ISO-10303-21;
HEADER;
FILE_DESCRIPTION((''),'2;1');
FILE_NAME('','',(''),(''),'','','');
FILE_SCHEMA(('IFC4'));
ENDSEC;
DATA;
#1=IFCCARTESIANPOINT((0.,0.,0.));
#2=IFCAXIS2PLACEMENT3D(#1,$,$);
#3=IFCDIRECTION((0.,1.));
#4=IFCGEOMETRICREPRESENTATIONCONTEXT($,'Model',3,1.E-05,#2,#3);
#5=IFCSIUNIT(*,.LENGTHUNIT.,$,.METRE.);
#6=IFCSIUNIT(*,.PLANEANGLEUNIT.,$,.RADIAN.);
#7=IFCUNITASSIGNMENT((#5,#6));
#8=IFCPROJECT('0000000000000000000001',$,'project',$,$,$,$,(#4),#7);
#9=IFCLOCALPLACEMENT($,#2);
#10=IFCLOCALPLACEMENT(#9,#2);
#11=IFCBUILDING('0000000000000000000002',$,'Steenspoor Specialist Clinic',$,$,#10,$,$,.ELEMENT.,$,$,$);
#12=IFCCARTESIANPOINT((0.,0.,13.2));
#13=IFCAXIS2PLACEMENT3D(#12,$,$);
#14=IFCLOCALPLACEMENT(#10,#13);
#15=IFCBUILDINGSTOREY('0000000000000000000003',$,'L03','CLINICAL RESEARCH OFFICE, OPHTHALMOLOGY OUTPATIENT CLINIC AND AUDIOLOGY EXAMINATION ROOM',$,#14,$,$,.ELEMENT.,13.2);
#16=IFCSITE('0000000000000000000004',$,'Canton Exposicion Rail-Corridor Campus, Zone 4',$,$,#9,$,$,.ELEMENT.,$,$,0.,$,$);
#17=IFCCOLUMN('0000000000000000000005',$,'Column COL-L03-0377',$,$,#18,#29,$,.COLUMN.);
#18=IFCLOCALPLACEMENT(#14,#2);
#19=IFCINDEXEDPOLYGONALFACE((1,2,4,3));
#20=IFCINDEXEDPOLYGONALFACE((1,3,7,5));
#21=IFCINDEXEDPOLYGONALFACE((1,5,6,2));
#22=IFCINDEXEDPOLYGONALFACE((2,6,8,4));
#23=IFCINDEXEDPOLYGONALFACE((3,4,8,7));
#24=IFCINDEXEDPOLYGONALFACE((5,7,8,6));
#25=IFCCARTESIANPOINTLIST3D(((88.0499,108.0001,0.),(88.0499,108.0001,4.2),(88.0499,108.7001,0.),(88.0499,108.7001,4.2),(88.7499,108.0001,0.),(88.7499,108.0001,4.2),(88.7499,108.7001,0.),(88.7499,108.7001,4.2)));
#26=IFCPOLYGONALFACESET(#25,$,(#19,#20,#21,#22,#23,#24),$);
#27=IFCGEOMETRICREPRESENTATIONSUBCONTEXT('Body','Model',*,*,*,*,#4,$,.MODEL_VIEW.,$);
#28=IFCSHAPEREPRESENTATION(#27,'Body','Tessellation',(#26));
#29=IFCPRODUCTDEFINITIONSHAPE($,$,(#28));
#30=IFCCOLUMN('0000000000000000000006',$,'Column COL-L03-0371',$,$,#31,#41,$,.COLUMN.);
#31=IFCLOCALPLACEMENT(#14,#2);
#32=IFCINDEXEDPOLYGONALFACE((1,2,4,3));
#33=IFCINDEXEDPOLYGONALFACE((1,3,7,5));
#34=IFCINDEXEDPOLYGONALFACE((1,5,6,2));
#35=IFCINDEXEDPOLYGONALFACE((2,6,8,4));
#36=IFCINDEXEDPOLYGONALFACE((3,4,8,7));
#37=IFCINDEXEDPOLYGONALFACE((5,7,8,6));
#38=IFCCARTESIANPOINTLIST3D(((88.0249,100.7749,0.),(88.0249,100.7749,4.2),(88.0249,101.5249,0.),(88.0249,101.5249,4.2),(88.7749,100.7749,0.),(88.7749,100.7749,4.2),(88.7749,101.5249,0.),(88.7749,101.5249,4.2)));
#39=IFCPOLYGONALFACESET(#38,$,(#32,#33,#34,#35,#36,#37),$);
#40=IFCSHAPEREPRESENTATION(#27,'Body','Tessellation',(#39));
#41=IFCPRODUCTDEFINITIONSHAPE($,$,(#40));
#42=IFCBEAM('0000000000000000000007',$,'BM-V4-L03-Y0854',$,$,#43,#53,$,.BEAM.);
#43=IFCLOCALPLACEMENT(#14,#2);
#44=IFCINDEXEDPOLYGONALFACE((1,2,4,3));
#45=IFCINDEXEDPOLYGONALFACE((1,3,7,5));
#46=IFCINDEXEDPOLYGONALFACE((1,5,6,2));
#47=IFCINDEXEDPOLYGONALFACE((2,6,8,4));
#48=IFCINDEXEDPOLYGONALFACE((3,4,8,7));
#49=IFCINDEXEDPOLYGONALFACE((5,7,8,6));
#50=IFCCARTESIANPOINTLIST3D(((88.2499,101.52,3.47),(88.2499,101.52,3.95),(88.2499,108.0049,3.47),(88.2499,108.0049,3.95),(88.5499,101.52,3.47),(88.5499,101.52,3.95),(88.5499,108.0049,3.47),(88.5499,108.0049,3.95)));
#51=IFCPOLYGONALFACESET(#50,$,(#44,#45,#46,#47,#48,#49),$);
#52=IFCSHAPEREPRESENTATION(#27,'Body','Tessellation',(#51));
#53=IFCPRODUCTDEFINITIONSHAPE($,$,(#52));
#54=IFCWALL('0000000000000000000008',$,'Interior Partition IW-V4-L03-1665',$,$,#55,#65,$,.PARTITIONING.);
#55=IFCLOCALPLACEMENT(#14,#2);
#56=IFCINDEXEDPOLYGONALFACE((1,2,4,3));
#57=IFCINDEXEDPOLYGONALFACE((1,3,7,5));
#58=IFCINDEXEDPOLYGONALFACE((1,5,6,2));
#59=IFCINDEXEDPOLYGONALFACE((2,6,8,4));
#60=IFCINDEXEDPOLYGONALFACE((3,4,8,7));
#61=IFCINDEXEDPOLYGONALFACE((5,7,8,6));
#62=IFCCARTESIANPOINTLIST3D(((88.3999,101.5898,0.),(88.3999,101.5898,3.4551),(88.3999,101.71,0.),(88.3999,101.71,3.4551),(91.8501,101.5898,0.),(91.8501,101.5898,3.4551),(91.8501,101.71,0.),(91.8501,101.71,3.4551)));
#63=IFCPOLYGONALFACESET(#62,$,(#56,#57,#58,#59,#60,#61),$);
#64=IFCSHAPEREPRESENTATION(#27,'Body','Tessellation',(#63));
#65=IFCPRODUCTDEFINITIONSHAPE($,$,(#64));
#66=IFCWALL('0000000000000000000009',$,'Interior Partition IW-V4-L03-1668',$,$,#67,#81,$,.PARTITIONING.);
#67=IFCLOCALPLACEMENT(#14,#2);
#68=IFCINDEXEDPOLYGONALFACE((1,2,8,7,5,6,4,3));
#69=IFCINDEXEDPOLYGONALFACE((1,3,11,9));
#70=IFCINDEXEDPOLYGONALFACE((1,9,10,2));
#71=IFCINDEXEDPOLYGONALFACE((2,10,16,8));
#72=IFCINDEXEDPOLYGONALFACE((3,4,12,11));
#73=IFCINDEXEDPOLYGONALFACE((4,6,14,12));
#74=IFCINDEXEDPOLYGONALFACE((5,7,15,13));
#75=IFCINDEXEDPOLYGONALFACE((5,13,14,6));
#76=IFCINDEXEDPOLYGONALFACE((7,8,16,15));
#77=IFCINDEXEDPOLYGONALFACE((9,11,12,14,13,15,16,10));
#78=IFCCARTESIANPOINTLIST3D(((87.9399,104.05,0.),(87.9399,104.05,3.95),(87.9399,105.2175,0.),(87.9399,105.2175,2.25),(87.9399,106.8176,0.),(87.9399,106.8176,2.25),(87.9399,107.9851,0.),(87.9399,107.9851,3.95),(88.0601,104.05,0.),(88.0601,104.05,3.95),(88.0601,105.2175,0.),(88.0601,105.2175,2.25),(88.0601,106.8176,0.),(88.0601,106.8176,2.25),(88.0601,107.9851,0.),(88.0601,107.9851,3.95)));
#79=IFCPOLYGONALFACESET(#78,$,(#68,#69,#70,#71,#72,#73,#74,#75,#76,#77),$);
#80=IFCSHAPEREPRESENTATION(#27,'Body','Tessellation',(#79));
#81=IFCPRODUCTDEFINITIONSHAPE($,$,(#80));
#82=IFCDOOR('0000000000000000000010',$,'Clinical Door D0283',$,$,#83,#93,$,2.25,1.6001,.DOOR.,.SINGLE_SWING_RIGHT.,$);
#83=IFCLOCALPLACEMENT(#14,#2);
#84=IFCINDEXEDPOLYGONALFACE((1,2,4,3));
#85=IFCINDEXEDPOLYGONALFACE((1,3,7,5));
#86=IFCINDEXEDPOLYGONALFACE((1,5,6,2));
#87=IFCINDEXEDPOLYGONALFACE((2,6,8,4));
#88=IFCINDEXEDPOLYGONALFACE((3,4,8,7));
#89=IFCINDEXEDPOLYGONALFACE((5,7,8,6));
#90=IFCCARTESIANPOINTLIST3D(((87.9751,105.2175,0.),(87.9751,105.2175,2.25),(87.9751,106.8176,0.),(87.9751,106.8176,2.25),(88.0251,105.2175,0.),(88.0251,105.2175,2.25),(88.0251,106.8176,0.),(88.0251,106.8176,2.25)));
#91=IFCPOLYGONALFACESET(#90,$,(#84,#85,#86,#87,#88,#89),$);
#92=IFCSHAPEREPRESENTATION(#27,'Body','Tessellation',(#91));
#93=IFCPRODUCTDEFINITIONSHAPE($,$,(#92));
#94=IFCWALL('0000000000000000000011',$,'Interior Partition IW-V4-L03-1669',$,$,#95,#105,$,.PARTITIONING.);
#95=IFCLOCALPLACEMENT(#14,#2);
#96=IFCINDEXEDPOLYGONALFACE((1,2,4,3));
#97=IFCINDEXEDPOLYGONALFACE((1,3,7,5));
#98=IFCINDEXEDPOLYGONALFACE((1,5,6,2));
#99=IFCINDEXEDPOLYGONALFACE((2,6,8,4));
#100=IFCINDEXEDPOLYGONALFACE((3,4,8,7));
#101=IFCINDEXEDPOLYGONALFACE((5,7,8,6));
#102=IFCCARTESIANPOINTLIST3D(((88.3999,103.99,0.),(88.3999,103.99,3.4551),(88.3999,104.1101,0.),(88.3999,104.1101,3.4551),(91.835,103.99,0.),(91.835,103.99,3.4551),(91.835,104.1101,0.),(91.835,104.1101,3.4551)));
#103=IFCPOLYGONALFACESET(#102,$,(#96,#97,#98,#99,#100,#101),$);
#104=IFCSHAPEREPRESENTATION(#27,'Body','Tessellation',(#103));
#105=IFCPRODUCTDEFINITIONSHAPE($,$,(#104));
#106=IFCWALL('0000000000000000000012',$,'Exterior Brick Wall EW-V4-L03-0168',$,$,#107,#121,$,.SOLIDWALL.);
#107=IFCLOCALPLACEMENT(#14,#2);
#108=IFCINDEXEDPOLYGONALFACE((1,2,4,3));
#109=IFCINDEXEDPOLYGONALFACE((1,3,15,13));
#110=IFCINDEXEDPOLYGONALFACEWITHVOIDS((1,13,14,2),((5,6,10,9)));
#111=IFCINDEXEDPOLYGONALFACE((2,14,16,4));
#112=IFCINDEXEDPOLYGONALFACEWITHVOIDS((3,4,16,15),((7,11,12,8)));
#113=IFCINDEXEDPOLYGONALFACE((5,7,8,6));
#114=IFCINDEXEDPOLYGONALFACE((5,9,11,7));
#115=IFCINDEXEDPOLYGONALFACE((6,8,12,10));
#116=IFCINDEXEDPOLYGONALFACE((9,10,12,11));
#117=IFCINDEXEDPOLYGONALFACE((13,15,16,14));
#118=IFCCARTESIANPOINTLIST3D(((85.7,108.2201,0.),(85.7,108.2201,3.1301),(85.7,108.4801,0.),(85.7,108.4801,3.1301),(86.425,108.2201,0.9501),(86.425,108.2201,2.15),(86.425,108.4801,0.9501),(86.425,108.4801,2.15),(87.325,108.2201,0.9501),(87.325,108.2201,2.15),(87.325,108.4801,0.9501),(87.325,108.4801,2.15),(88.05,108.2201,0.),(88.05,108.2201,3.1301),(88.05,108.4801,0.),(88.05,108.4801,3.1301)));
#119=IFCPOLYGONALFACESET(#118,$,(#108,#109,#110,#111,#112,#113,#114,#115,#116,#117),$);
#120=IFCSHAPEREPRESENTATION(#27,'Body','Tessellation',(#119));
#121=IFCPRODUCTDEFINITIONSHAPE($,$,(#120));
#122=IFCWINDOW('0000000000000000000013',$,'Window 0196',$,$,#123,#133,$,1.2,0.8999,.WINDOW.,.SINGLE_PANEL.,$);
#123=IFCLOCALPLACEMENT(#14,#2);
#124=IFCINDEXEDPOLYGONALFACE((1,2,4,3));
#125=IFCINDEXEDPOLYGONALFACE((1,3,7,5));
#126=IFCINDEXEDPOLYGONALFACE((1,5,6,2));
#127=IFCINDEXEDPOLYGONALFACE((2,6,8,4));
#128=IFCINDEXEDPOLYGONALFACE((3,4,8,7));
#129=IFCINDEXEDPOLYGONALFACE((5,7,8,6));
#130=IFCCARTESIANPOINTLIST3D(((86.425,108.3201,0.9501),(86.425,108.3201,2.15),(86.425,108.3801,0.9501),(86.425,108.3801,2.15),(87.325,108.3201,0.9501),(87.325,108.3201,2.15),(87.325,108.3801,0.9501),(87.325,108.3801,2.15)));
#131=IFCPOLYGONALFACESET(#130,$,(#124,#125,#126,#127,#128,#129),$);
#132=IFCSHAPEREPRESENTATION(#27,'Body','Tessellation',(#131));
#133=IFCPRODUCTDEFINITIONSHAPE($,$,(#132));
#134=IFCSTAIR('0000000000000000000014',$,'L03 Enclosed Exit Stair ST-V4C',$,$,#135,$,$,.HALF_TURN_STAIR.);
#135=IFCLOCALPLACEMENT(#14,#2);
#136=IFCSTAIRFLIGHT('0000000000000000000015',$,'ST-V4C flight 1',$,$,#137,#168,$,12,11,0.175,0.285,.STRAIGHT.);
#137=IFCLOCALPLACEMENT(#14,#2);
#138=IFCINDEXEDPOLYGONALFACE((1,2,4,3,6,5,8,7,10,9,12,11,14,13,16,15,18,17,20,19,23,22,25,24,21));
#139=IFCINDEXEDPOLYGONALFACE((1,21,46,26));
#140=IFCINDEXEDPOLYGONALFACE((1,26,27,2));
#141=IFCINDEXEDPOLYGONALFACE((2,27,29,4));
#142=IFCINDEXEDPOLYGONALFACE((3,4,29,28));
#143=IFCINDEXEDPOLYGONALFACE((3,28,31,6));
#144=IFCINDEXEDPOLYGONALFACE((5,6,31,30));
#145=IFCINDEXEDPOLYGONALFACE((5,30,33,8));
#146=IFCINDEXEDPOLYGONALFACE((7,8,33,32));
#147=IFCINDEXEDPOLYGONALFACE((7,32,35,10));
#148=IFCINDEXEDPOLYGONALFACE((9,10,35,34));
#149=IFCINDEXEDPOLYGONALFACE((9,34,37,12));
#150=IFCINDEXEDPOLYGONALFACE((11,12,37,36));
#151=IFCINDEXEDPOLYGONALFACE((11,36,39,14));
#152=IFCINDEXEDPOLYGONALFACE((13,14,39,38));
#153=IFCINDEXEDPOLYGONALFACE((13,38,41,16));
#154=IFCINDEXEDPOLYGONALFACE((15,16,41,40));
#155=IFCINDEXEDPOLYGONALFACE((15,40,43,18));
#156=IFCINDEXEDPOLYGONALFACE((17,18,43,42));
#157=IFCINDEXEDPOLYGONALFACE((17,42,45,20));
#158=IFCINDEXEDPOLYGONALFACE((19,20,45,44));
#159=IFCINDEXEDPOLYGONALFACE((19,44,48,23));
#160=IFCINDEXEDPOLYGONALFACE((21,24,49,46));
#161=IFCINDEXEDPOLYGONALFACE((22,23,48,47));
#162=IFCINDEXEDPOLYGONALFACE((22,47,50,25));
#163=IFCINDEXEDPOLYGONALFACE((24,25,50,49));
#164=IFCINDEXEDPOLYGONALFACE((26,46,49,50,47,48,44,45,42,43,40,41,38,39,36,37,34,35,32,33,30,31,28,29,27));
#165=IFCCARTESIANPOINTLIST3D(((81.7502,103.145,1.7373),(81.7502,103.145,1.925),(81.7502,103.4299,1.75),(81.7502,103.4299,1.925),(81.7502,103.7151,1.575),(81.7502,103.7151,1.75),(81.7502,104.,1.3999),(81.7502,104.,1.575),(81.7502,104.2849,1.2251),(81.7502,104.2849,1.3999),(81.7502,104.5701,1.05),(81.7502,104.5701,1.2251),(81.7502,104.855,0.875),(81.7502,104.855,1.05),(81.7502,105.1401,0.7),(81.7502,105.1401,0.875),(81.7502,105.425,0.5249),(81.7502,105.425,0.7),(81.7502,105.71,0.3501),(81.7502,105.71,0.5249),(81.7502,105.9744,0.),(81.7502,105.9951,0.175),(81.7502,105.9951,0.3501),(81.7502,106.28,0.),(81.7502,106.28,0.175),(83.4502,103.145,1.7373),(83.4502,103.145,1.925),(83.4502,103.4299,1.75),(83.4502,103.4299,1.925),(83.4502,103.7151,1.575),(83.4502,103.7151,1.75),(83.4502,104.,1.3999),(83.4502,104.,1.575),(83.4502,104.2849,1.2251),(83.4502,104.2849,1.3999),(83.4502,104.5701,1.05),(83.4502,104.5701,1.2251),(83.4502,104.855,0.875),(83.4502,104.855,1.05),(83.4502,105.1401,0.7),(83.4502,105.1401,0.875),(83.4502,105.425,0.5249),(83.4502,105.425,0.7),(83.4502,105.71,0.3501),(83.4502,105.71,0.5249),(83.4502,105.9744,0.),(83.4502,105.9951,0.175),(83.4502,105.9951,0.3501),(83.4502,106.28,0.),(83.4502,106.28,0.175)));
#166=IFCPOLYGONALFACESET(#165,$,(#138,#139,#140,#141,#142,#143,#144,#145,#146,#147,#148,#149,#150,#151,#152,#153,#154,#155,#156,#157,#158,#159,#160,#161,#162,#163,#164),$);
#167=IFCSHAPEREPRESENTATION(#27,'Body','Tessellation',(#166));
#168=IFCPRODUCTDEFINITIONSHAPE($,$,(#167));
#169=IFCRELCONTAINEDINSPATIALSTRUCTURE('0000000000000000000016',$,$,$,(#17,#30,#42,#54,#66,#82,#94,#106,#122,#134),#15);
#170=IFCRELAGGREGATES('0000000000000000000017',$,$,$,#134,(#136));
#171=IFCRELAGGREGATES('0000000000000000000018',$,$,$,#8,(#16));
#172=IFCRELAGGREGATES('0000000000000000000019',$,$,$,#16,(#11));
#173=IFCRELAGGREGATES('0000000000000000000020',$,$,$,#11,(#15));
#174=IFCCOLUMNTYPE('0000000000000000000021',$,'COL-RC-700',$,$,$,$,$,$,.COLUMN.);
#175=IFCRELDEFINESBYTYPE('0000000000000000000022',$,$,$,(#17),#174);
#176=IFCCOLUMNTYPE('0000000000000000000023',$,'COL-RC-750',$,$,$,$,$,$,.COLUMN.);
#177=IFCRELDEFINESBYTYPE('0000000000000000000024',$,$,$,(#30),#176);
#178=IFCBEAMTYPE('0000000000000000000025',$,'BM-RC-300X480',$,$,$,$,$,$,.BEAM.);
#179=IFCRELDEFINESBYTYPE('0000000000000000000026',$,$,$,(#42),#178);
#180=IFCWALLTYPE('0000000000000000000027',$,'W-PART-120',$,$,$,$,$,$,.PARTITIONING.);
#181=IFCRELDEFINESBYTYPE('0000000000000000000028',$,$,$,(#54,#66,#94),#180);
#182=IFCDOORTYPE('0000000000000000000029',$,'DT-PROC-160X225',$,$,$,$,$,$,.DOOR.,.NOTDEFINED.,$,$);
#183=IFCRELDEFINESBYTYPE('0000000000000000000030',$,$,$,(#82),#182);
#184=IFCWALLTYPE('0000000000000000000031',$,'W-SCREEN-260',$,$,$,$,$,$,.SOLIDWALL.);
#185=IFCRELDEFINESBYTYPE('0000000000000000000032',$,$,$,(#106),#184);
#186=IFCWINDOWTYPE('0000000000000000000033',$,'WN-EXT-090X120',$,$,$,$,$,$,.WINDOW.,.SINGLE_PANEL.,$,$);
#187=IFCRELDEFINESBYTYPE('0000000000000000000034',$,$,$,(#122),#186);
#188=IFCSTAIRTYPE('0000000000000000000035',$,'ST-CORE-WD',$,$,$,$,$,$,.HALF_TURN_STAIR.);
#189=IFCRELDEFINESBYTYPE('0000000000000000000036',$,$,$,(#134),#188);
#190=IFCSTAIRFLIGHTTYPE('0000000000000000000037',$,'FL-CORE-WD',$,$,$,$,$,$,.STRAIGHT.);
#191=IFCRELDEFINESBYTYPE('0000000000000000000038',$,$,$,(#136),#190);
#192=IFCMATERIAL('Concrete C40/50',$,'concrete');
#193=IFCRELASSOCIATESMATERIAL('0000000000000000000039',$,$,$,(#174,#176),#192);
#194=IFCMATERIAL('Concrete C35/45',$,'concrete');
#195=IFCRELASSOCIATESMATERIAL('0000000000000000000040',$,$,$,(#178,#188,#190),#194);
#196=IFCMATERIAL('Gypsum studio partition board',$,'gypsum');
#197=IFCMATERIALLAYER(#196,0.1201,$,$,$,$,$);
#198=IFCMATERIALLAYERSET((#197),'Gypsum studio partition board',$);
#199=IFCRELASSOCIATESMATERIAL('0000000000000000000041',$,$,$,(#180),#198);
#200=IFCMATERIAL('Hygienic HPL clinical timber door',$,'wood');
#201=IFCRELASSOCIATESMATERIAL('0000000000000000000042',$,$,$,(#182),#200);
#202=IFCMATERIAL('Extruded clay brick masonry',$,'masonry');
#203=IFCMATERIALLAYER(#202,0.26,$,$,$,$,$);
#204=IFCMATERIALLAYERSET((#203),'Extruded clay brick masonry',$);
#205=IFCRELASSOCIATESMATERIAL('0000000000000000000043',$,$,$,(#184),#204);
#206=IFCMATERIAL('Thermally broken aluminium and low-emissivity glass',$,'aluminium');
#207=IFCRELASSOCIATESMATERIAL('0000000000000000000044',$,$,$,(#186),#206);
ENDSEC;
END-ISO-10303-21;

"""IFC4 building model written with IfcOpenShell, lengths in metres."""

from ifc_helpers import new_model, si_unit, direction, frame, frame_2d, origin, origin_2d, place, context, subcontext, project, spatial, polyline, rectangle, outline, extrude, material, layer, layer_set, material_profile, profile_set, type_object, element, fill, aggregate, save


model = new_model("IFC4")

# Units and contexts
model_context = context("Model", 3, precision=1e-05, world=origin(), true_north=direction((0.0, 1.0)))
body_context = subcontext(model_context, "Body", "Model", "MODEL_VIEW")
ifc_project = project(units=[si_unit("LENGTHUNIT", "METRE"), si_unit("PLANEANGLEUNIT", "RADIAN")], contexts=[model_context])

# Site, building, storey
site_placement = place(None, origin())
site = spatial("IfcSite", under=ifc_project, at=site_placement, Name="Canton Exposicion Rail-Corridor Campus, Zone 4", CompositionType="ELEMENT", RefElevation=0.0)
building_placement = place(site_placement, origin())
building = spatial("IfcBuilding", under=site, at=building_placement, Name="Steenspoor Specialist Clinic", CompositionType="ELEMENT")
storey_placement = place(building_placement, frame((0.0, 0.0, 13.2)))
storey = spatial("IfcBuildingStorey", under=building, at=storey_placement, Name="L03", Description="CLINICAL RESEARCH OFFICE, OPHTHALMOLOGY OUTPATIENT CLINIC AND AUDIOLOGY EXAMINATION ROOM", CompositionType="ELEMENT", Elevation=13.2)

# Columns
ifc_material_1 = material(Name="Concrete C40/50", Category="concrete")
ifc_material_profile_1 = material_profile(ifc_material_1, rectangle(XDim=0.7, YDim=0.7, at=origin_2d()), Name="RC-COL-700X700")
ifc_profile_set_1 = profile_set([ifc_material_profile_1], Name="Concrete C40/50")
column_type_1 = type_object("IfcColumnType", Name="COL-RC-700", PredefinedType="COLUMN", material=ifc_profile_set_1)
column_1_placement = place(storey_placement, frame((88.3999, 108.3501, 0.0), z_axis=(0.0, 0.0, 1.0), x_axis=(1.0, 0.0, 0.0)))
element("IfcColumn", 1, at=column_1_placement, inside=storey, type_object=column_type_1, Name="Column COL-L03-0377", PredefinedType="COLUMN", context=body_context, shape_type="SweptSolid", body=[
    extrude(rectangle(XDim=0.7, YDim=0.7, at=origin_2d()), origin(), (0.0, 0.0, 1.0), 4.2),
])
ifc_material_profile_2 = material_profile(ifc_material_1, rectangle(XDim=0.75, YDim=0.75, at=origin_2d()), Name="RC-COL-750X750")
ifc_profile_set_2 = profile_set([ifc_material_profile_2], Name="Concrete C40/50")
column_type_2 = type_object("IfcColumnType", Name="COL-RC-750", PredefinedType="COLUMN", material=ifc_profile_set_2)
column_2_placement = place(storey_placement, frame((88.3999, 101.1499, 0.0), z_axis=(0.0, 0.0, 1.0), x_axis=(1.0, 0.0, 0.0)))
element("IfcColumn", 2, at=column_2_placement, inside=storey, type_object=column_type_2, Name="Column COL-L03-0371", PredefinedType="COLUMN", context=body_context, shape_type="SweptSolid", body=[
    extrude(rectangle(XDim=0.75, YDim=0.75, at=origin_2d()), origin(), (0.0, 0.0, 1.0), 4.2),
])

# Beam
ifc_material_2 = material(Name="Concrete C35/45", Category="concrete")
ifc_material_profile_3 = material_profile(ifc_material_2, rectangle(XDim=0.3, YDim=0.48, at=origin_2d()), Name="RC-BM-300X480")
ifc_profile_set_3 = profile_set([ifc_material_profile_3], Name="Concrete C35/45")
beam_type = type_object("IfcBeamType", Name="BM-RC-300X480", PredefinedType="BEAM", material=ifc_profile_set_3)
beam_placement = place(storey_placement, frame((88.3999, 101.52, 3.71), z_axis=(0.0, 1.0, 0.0), x_axis=(-1.0, 0.0, 0.0)))
element("IfcBeam", 3, at=beam_placement, inside=storey, type_object=beam_type, Name="BM-V4-L03-Y0854", PredefinedType="BEAM", context=body_context, shape_type="SweptSolid", body=[
    extrude(rectangle(XDim=0.3, YDim=0.48, at=origin_2d()), origin(), (0.0, 0.0, 1.0), 6.4849),
])

# Wall
ifc_material_3 = material(Name="Gypsum studio partition board", Category="gypsum")
ifc_layer_1 = layer(ifc_material_3, 0.1201)
ifc_layer_set_1 = layer_set([ifc_layer_1], Name="Gypsum studio partition board")
wall_type_1 = type_object("IfcWallType", Name="W-PART-120", PredefinedType="PARTITIONING", material=ifc_layer_set_1)
wall_1_placement = place(storey_placement, frame((88.3999, 101.6499, 0.0), z_axis=(0.0, 0.0, 1.0), x_axis=(1.0, 0.0, 0.0)))
element("IfcWall", 4, at=wall_1_placement, inside=storey, type_object=wall_type_1, Name="Interior Partition IW-V4-L03-1665", PredefinedType="PARTITIONING", context=body_context, shape_type="SweptSolid", body=[
    extrude(rectangle(XDim=3.4502, YDim=0.1201, at=frame_2d((1.7251, 0.0))), origin(), (0.0, 0.0, 1.0), 3.4551),
])

# Wall, opening, door
wall_2_placement = place(storey_placement, frame((88.0, 104.05, 0.0), z_axis=(0.0, 0.0, 1.0), x_axis=(0.0, 1.0, 0.0)))
wall_2 = element("IfcWall", 5, at=wall_2_placement, inside=storey, type_object=wall_type_1, Name="Interior Partition IW-V4-L03-1668", PredefinedType="PARTITIONING", context=body_context, shape_type="SweptSolid", body=[
    extrude(rectangle(XDim=3.9351, YDim=0.1201, at=frame_2d((1.9675, 0.0))), origin(), (0.0, 0.0, 1.0), 3.95),
])
opening_1_placement = place(wall_2_placement, frame((1.1675, 0.0, 0.0)))
opening_1 = element("IfcOpeningElement", 6, at=opening_1_placement, cuts=wall_2, PredefinedType="OPENING", context=body_context, shape_type="SweptSolid", body=[
    extrude(rectangle(XDim=1.6001, YDim=2.25, at=frame_2d((0.8, 1.125))), frame((0.0, 0.0701, 0.0), z_axis=(0.0, -1.0, 0.0), x_axis=(1.0, 0.0, 0.0)), (0.0, 0.0, 1.0), 0.1401),
])
ifc_material_4 = material(Name="Hygienic HPL clinical timber door", Category="wood")
door_type_1 = type_object("IfcDoorType", Name="DT-PROC-160X225", OperationType="NOTDEFINED", PredefinedType="DOOR", material=ifc_material_4)
door_1_placement = place(opening_1_placement, origin())
door_1 = element("IfcDoor", 7, at=door_1_placement, inside=storey, type_object=door_type_1, Name="Clinical Door D0283", OperationType="SINGLE_SWING_RIGHT", OverallHeight=2.25, OverallWidth=1.6001, PredefinedType="DOOR", context=body_context, shape_type="SweptSolid", body=[
    extrude(rectangle(XDim=1.6001, YDim=2.25, at=frame_2d((0.8, 1.125))), frame((0.0, 0.0249, 0.0), z_axis=(0.0, -1.0, 0.0), x_axis=(1.0, 0.0, 0.0)), (0.0, 0.0, 1.0), 0.05),
])
fill(opening_1, door_1)

# Wall
wall_3_placement = place(storey_placement, frame((88.3999, 104.05, 0.0), z_axis=(0.0, 0.0, 1.0), x_axis=(1.0, 0.0, 0.0)))
element("IfcWall", 8, at=wall_3_placement, inside=storey, type_object=wall_type_1, Name="Interior Partition IW-V4-L03-1669", PredefinedType="PARTITIONING", context=body_context, shape_type="SweptSolid", body=[
    extrude(rectangle(XDim=3.4351, YDim=0.1201, at=frame_2d((1.7175, 0.0))), origin(), (0.0, 0.0, 1.0), 3.4551),
])

# Wall, opening, window
ifc_material_5 = material(Name="Extruded clay brick masonry", Category="masonry")
ifc_layer_2 = layer(ifc_material_5, 0.26)
ifc_layer_set_2 = layer_set([ifc_layer_2], Name="Extruded clay brick masonry")
wall_type_2 = type_object("IfcWallType", Name="W-SCREEN-260", PredefinedType="SOLIDWALL", material=ifc_layer_set_2)
wall_4_placement = place(storey_placement, frame((85.7, 108.3501, 0.0), z_axis=(0.0, 0.0, 1.0), x_axis=(1.0, 0.0, 0.0)))
wall_4 = element("IfcWall", 9, at=wall_4_placement, inside=storey, type_object=wall_type_2, Name="Exterior Brick Wall EW-V4-L03-0168", PredefinedType="SOLIDWALL", context=body_context, shape_type="SweptSolid", body=[
    extrude(rectangle(XDim=2.3501, YDim=0.26, at=frame_2d((1.175, 0.0))), origin(), (0.0, 0.0, 1.0), 3.1301),
])
opening_2_placement = place(wall_4_placement, frame((0.7251, 0.0, 0.95)))
opening_2 = element("IfcOpeningElement", 10, at=opening_2_placement, cuts=wall_4, PredefinedType="OPENING", context=body_context, shape_type="SweptSolid", body=[
    extrude(rectangle(XDim=0.8999, YDim=1.2, at=frame_2d((0.45, 0.6001))), frame((0.0, 0.1401, 0.0), z_axis=(0.0, -1.0, 0.0), x_axis=(1.0, 0.0, 0.0)), (0.0, 0.0, 1.0), 0.28),
])
ifc_material_6 = material(Name="Thermally broken aluminium and low-emissivity glass", Category="aluminium")
window_type = type_object("IfcWindowType", Name="WN-EXT-090X120", PartitioningType="SINGLE_PANEL", PredefinedType="WINDOW", material=ifc_material_6)
window_placement = place(opening_2_placement, origin())
window = element("IfcWindow", 11, at=window_placement, inside=storey, type_object=window_type, Name="Window 0196", OverallHeight=1.2, OverallWidth=0.8999, PartitioningType="SINGLE_PANEL", PredefinedType="WINDOW", context=body_context, shape_type="SweptSolid", body=[
    extrude(rectangle(XDim=0.8999, YDim=1.2, at=frame_2d((0.45, 0.6001))), frame((0.0, 0.03, 0.0), z_axis=(0.0, -1.0, 0.0), x_axis=(1.0, 0.0, 0.0)), (0.0, 0.0, 1.0), 0.0601),
])
fill(opening_2, window)

# Stair, stair flight
stair_type = type_object("IfcStairType", Name="ST-CORE-WD", PredefinedType="HALF_TURN_STAIR", material=ifc_material_2)
stair_placement = place(storey_placement, origin())
stair = element("IfcStair", 12, at=stair_placement, inside=storey, type_object=stair_type, Name="L03 Enclosed Exit Stair ST-V4C", PredefinedType="HALF_TURN_STAIR")
stair_flight_type = type_object("IfcStairFlightType", Name="FL-CORE-WD", PredefinedType="STRAIGHT", material=ifc_material_2)
stair_flight_1_placement = place(storey_placement, frame((82.6001, 106.28, 0.0), z_axis=(0.0, 0.0, 1.0), x_axis=(0.0, -1.0, 0.0)))
stair_flight_1 = element("IfcStairFlight", 13, at=stair_flight_1_placement, type_object=stair_flight_type, Name="ST-V4C flight 1", NumberOfRisers=12, NumberOfTreads=11, PredefinedType="STRAIGHT", RiserHeight=0.175, TreadLength=0.285, context=body_context, shape_type="SweptSolid", body=[
    extrude(outline(polyline([(0.0, 0.0), (0.0, 0.175), (0.2849, 0.175), (0.2849, 0.3501), (0.5701, 0.3501), (0.5701, 0.5249), (0.855, 0.5249), (0.855, 0.7), (1.1399, 0.7), (1.1399, 0.875), (1.425, 0.875), (1.425, 1.05), (1.71, 1.05), (1.71, 1.2251), (1.9951, 1.2251), (1.9951, 1.3999), (2.28, 1.3999), (2.28, 1.575), (2.5649, 1.575), (2.5649, 1.75), (2.8501, 1.75), (2.8501, 1.925), (3.135, 1.925), (3.135, 2.1001), (3.135, 1.7373), (0.3057, 0.0), (0.0, 0.0)])), frame((0.0, 0.8501, 0.0), z_axis=(0.0, -1.0, 0.0), x_axis=(1.0, 0.0, 0.0)), (0.0, 0.0, 1.0), 1.7),
])
aggregate(stair, [stair_flight_1])

save(model, "model.ifc")
